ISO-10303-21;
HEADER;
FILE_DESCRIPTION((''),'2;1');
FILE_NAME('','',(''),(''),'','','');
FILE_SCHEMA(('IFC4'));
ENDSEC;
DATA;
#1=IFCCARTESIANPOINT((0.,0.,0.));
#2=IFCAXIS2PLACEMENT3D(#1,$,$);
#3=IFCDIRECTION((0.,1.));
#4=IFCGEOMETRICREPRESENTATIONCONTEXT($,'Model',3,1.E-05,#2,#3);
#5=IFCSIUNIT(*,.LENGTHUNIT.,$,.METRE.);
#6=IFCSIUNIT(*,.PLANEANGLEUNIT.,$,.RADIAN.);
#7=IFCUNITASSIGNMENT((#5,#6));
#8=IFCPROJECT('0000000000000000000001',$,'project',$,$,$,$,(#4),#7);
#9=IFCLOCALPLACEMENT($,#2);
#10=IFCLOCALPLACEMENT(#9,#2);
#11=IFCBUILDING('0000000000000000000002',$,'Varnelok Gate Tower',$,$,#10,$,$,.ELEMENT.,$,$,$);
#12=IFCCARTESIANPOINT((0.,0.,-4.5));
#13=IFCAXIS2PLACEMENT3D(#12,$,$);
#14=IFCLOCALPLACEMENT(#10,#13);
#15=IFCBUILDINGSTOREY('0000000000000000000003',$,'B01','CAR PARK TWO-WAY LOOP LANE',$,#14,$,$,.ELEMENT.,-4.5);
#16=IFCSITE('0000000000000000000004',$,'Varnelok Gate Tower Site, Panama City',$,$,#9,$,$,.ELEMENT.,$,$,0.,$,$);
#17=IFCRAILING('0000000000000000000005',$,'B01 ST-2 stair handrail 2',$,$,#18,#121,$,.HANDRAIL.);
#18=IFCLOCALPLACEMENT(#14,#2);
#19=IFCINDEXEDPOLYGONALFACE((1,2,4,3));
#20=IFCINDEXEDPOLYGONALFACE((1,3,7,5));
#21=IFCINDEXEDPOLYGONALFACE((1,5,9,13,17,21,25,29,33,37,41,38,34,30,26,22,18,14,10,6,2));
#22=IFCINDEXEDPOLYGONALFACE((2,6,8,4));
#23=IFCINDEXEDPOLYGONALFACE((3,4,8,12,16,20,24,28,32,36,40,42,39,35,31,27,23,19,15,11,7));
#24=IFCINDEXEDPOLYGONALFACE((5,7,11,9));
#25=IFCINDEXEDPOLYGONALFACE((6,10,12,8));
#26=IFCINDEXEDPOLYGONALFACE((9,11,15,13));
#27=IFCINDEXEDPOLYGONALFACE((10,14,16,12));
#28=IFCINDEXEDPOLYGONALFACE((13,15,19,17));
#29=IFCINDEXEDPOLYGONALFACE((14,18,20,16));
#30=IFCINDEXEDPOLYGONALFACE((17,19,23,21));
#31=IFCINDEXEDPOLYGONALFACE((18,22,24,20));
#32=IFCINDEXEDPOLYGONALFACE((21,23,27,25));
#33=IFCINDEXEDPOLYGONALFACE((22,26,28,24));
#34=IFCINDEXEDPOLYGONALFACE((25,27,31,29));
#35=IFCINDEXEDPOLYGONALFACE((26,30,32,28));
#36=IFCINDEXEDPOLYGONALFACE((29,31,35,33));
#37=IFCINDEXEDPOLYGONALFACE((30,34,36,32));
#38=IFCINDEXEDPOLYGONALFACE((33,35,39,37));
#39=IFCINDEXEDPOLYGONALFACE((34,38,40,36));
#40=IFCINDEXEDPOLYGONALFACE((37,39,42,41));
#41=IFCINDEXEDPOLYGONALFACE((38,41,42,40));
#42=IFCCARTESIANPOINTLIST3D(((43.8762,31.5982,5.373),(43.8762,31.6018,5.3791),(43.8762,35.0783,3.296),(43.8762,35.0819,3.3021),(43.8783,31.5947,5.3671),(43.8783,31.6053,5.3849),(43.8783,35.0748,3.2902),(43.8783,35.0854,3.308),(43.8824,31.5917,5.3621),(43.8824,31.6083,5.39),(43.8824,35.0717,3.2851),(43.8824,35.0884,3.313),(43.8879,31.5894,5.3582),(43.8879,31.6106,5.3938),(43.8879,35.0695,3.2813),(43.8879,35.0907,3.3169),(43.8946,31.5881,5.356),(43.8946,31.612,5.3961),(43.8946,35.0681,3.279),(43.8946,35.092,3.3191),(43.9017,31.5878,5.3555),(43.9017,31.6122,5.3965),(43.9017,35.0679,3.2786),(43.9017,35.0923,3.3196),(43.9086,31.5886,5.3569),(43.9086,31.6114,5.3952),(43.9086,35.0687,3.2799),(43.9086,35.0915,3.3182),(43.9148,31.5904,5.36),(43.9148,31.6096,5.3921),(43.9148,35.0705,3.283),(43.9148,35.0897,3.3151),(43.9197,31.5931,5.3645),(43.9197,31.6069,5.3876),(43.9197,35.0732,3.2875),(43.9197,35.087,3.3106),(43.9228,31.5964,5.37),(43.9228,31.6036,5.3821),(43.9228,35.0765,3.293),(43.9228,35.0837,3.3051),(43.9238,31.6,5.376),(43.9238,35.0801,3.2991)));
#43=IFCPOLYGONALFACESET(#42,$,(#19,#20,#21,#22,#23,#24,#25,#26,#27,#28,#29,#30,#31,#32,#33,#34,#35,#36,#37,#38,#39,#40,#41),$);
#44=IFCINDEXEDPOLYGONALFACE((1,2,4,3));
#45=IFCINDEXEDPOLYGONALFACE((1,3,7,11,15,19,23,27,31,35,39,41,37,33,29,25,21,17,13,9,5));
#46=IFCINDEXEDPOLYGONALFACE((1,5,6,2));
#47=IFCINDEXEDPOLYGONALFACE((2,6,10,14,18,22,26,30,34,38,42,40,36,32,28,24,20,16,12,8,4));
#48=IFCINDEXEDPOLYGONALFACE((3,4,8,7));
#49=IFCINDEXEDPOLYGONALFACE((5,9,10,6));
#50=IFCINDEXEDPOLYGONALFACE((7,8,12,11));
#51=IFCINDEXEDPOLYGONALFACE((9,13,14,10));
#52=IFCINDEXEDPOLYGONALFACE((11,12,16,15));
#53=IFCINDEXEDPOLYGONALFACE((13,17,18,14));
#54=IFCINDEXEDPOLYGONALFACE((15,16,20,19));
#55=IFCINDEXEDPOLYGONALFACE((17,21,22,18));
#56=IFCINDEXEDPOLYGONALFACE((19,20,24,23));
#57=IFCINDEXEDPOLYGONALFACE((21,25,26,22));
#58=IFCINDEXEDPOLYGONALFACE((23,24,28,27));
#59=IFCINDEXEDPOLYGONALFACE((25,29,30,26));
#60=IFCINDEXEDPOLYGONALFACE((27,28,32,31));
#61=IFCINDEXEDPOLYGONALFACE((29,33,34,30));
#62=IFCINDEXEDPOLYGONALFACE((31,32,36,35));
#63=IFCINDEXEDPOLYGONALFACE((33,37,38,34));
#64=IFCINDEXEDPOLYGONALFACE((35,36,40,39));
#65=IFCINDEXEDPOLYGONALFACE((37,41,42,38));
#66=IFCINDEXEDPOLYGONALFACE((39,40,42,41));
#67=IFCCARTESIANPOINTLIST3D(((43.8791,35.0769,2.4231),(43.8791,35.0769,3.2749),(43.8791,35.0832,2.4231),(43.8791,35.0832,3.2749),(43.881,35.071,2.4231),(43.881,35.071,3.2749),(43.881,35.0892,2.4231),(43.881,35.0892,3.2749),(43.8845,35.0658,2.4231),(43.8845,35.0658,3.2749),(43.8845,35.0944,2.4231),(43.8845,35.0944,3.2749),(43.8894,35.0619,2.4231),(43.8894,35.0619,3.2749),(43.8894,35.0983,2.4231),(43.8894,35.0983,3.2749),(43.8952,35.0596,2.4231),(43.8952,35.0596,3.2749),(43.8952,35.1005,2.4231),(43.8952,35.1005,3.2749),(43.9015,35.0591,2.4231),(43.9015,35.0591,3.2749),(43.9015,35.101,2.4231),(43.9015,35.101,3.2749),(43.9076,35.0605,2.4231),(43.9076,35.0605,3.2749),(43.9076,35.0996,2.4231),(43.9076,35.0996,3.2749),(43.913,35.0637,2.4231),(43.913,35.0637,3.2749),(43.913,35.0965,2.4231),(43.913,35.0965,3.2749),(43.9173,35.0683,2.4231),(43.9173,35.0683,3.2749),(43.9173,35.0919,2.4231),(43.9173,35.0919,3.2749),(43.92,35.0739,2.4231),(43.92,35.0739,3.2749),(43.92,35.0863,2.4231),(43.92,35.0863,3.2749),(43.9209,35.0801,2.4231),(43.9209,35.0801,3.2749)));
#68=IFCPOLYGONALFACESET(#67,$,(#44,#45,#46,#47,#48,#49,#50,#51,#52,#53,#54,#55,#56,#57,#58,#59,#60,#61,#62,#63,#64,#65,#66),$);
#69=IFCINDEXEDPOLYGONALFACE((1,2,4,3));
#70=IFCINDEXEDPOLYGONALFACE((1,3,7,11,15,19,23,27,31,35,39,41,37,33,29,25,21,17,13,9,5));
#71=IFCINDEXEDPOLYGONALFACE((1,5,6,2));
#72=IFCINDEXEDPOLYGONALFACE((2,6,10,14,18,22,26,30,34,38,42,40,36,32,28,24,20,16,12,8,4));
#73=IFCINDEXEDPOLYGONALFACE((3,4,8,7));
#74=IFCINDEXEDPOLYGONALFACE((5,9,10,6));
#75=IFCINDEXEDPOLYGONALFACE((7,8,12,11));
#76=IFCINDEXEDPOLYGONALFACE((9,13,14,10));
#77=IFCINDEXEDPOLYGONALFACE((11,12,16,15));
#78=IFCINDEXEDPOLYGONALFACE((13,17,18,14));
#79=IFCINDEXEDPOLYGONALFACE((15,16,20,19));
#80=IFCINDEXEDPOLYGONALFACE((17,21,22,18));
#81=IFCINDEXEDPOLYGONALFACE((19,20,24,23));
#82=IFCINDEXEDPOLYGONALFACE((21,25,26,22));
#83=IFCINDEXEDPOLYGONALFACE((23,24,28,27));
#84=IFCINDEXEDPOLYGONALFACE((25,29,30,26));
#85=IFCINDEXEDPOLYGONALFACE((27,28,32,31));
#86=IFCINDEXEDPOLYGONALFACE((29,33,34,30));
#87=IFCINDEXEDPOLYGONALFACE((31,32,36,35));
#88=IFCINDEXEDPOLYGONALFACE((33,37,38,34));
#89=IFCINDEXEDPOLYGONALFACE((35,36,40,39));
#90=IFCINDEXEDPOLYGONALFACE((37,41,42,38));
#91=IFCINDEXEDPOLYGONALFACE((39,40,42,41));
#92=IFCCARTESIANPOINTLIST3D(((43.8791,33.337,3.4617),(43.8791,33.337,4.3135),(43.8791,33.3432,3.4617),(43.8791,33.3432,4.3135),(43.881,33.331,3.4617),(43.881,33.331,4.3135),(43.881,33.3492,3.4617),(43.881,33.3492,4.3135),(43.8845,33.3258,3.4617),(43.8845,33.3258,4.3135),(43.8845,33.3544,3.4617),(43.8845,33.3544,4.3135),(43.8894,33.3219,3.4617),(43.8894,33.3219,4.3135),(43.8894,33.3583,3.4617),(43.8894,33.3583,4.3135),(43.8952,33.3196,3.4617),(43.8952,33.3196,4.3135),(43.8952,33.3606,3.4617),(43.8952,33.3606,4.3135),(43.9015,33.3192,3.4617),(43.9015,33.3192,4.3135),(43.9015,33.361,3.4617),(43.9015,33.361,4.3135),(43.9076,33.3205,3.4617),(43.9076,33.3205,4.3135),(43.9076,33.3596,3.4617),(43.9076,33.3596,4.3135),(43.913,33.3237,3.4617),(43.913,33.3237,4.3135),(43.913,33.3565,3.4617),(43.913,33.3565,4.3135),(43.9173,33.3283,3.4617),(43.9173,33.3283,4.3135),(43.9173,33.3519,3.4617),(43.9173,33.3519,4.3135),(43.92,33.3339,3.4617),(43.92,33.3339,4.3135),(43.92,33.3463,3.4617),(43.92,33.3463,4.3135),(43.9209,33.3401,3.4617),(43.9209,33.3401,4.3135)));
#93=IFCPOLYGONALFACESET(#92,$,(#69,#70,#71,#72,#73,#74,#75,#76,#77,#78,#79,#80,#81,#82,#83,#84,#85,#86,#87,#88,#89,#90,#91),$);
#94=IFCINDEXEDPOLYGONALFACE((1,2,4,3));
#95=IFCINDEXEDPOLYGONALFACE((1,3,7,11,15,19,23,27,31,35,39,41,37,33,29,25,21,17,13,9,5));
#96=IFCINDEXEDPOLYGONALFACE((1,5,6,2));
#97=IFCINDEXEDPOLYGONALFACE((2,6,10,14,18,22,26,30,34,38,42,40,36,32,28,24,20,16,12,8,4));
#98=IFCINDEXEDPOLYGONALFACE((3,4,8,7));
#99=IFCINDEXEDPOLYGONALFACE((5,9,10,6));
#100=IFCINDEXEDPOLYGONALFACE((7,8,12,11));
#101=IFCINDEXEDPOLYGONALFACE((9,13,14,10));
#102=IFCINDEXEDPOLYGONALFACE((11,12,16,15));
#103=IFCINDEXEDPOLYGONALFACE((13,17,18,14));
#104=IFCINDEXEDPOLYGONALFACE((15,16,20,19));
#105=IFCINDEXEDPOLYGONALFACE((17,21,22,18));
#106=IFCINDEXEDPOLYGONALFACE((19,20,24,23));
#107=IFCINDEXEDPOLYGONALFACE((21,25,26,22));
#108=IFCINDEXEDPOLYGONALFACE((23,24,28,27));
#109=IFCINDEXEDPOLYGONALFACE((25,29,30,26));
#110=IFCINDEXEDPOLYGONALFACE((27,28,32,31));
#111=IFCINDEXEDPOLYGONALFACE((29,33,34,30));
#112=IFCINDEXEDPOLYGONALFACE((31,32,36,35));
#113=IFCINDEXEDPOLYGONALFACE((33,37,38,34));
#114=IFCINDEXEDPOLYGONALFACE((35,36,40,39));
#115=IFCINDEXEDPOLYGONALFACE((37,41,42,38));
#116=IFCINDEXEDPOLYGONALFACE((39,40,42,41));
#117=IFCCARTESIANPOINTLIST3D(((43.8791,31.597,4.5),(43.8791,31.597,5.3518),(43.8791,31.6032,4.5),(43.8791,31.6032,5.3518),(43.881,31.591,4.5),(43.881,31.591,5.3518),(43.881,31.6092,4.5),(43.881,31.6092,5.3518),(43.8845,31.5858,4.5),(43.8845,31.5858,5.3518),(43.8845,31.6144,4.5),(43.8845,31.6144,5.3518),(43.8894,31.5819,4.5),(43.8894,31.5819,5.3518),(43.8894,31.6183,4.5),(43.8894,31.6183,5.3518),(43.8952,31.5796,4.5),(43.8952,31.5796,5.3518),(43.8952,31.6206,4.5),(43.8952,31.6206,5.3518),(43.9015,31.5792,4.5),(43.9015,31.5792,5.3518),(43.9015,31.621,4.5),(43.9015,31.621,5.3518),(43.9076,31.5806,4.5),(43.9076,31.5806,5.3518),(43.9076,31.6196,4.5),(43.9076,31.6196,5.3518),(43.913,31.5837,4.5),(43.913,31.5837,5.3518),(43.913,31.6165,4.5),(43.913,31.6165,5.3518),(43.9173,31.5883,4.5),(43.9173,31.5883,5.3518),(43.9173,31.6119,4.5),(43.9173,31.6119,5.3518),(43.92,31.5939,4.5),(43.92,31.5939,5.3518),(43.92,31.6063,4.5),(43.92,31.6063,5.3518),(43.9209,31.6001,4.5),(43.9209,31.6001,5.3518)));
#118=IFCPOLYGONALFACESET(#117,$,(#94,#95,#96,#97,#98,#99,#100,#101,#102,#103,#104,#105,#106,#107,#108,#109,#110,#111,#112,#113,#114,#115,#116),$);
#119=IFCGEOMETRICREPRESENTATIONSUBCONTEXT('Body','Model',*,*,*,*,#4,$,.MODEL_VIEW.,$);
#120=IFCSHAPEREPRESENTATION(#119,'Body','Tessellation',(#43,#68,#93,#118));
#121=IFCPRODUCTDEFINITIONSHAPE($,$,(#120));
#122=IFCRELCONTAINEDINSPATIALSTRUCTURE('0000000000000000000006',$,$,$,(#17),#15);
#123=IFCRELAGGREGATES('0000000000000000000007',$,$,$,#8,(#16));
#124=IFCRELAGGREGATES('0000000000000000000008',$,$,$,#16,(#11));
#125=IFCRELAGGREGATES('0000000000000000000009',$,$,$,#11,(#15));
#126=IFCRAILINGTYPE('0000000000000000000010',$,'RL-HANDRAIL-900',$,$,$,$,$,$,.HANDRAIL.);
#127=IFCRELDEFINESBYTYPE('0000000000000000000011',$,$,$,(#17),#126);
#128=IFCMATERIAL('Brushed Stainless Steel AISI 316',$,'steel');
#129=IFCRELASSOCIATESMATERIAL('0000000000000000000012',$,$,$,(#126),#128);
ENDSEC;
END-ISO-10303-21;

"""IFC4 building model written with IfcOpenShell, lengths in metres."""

from ifc_helpers import new_model, si_unit, direction, frame, origin, origin_2d, place, context, subcontext, project, spatial, circle, extrude, material, type_object, element, save


model = new_model("IFC4")

# Units and contexts
model_context = context("Model", 3, precision=1e-05, world=origin(), true_north=direction((0.0, 1.0)))
body_context = subcontext(model_context, "Body", "Model", "MODEL_VIEW")
ifc_project = project(units=[si_unit("LENGTHUNIT", "METRE"), si_unit("PLANEANGLEUNIT", "RADIAN")], contexts=[model_context])

# Site, building, storey
site_placement = place(None, origin())
site = spatial("IfcSite", under=ifc_project, at=site_placement, Name="Varnelok Gate Tower Site, Panama City", CompositionType="ELEMENT", RefElevation=0.0)
building_placement = place(site_placement, origin())
building = spatial("IfcBuilding", under=site, at=building_placement, Name="Varnelok Gate Tower", CompositionType="ELEMENT")
storey_placement = place(building_placement, frame((0.0, 0.0, -4.5)))
storey = spatial("IfcBuildingStorey", under=building, at=storey_placement, Name="B01", Description="CAR PARK TWO-WAY LOOP LANE", CompositionType="ELEMENT", Elevation=-4.5)

# Railing
ifc_material_1 = material(Name="Brushed Stainless Steel AISI 316", Category="steel")
railing_type_1 = type_object("IfcRailingType", Name="RL-HANDRAIL-900", PredefinedType="HANDRAIL", material=ifc_material_1)
railing_1_placement = place(storey_placement, frame((43.8999, 35.0801, 2.4231)))
element("IfcRailing", 1, at=railing_1_placement, inside=storey, type_object=railing_type_1, Name="B01 ST-2 stair handrail 2", PredefinedType="HANDRAIL", context=body_context, shape_type="SweptSolid", body=[
    extrude(circle(Radius=0.0239, at=origin_2d()), frame((0.0, 0.0, 0.876), z_axis=(0.0, -0.858697, 0.512483), x_axis=(1.0, 0.0, 0.0)), (0.0, 0.0, 1.0), 4.0527),
    extrude(circle(Radius=0.021, at=origin_2d()), origin(), (0.0, 0.0, 1.0), 0.8518),
    extrude(circle(Radius=0.021, at=origin_2d()), frame((0.0, -1.74, 1.0386)), (0.0, 0.0, 1.0), 0.8518),
    extrude(circle(Radius=0.021, at=origin_2d()), frame((0.0, -3.48, 2.0769)), (0.0, 0.0, 1.0), 0.8518),
])

save(model, "model.ifc")
